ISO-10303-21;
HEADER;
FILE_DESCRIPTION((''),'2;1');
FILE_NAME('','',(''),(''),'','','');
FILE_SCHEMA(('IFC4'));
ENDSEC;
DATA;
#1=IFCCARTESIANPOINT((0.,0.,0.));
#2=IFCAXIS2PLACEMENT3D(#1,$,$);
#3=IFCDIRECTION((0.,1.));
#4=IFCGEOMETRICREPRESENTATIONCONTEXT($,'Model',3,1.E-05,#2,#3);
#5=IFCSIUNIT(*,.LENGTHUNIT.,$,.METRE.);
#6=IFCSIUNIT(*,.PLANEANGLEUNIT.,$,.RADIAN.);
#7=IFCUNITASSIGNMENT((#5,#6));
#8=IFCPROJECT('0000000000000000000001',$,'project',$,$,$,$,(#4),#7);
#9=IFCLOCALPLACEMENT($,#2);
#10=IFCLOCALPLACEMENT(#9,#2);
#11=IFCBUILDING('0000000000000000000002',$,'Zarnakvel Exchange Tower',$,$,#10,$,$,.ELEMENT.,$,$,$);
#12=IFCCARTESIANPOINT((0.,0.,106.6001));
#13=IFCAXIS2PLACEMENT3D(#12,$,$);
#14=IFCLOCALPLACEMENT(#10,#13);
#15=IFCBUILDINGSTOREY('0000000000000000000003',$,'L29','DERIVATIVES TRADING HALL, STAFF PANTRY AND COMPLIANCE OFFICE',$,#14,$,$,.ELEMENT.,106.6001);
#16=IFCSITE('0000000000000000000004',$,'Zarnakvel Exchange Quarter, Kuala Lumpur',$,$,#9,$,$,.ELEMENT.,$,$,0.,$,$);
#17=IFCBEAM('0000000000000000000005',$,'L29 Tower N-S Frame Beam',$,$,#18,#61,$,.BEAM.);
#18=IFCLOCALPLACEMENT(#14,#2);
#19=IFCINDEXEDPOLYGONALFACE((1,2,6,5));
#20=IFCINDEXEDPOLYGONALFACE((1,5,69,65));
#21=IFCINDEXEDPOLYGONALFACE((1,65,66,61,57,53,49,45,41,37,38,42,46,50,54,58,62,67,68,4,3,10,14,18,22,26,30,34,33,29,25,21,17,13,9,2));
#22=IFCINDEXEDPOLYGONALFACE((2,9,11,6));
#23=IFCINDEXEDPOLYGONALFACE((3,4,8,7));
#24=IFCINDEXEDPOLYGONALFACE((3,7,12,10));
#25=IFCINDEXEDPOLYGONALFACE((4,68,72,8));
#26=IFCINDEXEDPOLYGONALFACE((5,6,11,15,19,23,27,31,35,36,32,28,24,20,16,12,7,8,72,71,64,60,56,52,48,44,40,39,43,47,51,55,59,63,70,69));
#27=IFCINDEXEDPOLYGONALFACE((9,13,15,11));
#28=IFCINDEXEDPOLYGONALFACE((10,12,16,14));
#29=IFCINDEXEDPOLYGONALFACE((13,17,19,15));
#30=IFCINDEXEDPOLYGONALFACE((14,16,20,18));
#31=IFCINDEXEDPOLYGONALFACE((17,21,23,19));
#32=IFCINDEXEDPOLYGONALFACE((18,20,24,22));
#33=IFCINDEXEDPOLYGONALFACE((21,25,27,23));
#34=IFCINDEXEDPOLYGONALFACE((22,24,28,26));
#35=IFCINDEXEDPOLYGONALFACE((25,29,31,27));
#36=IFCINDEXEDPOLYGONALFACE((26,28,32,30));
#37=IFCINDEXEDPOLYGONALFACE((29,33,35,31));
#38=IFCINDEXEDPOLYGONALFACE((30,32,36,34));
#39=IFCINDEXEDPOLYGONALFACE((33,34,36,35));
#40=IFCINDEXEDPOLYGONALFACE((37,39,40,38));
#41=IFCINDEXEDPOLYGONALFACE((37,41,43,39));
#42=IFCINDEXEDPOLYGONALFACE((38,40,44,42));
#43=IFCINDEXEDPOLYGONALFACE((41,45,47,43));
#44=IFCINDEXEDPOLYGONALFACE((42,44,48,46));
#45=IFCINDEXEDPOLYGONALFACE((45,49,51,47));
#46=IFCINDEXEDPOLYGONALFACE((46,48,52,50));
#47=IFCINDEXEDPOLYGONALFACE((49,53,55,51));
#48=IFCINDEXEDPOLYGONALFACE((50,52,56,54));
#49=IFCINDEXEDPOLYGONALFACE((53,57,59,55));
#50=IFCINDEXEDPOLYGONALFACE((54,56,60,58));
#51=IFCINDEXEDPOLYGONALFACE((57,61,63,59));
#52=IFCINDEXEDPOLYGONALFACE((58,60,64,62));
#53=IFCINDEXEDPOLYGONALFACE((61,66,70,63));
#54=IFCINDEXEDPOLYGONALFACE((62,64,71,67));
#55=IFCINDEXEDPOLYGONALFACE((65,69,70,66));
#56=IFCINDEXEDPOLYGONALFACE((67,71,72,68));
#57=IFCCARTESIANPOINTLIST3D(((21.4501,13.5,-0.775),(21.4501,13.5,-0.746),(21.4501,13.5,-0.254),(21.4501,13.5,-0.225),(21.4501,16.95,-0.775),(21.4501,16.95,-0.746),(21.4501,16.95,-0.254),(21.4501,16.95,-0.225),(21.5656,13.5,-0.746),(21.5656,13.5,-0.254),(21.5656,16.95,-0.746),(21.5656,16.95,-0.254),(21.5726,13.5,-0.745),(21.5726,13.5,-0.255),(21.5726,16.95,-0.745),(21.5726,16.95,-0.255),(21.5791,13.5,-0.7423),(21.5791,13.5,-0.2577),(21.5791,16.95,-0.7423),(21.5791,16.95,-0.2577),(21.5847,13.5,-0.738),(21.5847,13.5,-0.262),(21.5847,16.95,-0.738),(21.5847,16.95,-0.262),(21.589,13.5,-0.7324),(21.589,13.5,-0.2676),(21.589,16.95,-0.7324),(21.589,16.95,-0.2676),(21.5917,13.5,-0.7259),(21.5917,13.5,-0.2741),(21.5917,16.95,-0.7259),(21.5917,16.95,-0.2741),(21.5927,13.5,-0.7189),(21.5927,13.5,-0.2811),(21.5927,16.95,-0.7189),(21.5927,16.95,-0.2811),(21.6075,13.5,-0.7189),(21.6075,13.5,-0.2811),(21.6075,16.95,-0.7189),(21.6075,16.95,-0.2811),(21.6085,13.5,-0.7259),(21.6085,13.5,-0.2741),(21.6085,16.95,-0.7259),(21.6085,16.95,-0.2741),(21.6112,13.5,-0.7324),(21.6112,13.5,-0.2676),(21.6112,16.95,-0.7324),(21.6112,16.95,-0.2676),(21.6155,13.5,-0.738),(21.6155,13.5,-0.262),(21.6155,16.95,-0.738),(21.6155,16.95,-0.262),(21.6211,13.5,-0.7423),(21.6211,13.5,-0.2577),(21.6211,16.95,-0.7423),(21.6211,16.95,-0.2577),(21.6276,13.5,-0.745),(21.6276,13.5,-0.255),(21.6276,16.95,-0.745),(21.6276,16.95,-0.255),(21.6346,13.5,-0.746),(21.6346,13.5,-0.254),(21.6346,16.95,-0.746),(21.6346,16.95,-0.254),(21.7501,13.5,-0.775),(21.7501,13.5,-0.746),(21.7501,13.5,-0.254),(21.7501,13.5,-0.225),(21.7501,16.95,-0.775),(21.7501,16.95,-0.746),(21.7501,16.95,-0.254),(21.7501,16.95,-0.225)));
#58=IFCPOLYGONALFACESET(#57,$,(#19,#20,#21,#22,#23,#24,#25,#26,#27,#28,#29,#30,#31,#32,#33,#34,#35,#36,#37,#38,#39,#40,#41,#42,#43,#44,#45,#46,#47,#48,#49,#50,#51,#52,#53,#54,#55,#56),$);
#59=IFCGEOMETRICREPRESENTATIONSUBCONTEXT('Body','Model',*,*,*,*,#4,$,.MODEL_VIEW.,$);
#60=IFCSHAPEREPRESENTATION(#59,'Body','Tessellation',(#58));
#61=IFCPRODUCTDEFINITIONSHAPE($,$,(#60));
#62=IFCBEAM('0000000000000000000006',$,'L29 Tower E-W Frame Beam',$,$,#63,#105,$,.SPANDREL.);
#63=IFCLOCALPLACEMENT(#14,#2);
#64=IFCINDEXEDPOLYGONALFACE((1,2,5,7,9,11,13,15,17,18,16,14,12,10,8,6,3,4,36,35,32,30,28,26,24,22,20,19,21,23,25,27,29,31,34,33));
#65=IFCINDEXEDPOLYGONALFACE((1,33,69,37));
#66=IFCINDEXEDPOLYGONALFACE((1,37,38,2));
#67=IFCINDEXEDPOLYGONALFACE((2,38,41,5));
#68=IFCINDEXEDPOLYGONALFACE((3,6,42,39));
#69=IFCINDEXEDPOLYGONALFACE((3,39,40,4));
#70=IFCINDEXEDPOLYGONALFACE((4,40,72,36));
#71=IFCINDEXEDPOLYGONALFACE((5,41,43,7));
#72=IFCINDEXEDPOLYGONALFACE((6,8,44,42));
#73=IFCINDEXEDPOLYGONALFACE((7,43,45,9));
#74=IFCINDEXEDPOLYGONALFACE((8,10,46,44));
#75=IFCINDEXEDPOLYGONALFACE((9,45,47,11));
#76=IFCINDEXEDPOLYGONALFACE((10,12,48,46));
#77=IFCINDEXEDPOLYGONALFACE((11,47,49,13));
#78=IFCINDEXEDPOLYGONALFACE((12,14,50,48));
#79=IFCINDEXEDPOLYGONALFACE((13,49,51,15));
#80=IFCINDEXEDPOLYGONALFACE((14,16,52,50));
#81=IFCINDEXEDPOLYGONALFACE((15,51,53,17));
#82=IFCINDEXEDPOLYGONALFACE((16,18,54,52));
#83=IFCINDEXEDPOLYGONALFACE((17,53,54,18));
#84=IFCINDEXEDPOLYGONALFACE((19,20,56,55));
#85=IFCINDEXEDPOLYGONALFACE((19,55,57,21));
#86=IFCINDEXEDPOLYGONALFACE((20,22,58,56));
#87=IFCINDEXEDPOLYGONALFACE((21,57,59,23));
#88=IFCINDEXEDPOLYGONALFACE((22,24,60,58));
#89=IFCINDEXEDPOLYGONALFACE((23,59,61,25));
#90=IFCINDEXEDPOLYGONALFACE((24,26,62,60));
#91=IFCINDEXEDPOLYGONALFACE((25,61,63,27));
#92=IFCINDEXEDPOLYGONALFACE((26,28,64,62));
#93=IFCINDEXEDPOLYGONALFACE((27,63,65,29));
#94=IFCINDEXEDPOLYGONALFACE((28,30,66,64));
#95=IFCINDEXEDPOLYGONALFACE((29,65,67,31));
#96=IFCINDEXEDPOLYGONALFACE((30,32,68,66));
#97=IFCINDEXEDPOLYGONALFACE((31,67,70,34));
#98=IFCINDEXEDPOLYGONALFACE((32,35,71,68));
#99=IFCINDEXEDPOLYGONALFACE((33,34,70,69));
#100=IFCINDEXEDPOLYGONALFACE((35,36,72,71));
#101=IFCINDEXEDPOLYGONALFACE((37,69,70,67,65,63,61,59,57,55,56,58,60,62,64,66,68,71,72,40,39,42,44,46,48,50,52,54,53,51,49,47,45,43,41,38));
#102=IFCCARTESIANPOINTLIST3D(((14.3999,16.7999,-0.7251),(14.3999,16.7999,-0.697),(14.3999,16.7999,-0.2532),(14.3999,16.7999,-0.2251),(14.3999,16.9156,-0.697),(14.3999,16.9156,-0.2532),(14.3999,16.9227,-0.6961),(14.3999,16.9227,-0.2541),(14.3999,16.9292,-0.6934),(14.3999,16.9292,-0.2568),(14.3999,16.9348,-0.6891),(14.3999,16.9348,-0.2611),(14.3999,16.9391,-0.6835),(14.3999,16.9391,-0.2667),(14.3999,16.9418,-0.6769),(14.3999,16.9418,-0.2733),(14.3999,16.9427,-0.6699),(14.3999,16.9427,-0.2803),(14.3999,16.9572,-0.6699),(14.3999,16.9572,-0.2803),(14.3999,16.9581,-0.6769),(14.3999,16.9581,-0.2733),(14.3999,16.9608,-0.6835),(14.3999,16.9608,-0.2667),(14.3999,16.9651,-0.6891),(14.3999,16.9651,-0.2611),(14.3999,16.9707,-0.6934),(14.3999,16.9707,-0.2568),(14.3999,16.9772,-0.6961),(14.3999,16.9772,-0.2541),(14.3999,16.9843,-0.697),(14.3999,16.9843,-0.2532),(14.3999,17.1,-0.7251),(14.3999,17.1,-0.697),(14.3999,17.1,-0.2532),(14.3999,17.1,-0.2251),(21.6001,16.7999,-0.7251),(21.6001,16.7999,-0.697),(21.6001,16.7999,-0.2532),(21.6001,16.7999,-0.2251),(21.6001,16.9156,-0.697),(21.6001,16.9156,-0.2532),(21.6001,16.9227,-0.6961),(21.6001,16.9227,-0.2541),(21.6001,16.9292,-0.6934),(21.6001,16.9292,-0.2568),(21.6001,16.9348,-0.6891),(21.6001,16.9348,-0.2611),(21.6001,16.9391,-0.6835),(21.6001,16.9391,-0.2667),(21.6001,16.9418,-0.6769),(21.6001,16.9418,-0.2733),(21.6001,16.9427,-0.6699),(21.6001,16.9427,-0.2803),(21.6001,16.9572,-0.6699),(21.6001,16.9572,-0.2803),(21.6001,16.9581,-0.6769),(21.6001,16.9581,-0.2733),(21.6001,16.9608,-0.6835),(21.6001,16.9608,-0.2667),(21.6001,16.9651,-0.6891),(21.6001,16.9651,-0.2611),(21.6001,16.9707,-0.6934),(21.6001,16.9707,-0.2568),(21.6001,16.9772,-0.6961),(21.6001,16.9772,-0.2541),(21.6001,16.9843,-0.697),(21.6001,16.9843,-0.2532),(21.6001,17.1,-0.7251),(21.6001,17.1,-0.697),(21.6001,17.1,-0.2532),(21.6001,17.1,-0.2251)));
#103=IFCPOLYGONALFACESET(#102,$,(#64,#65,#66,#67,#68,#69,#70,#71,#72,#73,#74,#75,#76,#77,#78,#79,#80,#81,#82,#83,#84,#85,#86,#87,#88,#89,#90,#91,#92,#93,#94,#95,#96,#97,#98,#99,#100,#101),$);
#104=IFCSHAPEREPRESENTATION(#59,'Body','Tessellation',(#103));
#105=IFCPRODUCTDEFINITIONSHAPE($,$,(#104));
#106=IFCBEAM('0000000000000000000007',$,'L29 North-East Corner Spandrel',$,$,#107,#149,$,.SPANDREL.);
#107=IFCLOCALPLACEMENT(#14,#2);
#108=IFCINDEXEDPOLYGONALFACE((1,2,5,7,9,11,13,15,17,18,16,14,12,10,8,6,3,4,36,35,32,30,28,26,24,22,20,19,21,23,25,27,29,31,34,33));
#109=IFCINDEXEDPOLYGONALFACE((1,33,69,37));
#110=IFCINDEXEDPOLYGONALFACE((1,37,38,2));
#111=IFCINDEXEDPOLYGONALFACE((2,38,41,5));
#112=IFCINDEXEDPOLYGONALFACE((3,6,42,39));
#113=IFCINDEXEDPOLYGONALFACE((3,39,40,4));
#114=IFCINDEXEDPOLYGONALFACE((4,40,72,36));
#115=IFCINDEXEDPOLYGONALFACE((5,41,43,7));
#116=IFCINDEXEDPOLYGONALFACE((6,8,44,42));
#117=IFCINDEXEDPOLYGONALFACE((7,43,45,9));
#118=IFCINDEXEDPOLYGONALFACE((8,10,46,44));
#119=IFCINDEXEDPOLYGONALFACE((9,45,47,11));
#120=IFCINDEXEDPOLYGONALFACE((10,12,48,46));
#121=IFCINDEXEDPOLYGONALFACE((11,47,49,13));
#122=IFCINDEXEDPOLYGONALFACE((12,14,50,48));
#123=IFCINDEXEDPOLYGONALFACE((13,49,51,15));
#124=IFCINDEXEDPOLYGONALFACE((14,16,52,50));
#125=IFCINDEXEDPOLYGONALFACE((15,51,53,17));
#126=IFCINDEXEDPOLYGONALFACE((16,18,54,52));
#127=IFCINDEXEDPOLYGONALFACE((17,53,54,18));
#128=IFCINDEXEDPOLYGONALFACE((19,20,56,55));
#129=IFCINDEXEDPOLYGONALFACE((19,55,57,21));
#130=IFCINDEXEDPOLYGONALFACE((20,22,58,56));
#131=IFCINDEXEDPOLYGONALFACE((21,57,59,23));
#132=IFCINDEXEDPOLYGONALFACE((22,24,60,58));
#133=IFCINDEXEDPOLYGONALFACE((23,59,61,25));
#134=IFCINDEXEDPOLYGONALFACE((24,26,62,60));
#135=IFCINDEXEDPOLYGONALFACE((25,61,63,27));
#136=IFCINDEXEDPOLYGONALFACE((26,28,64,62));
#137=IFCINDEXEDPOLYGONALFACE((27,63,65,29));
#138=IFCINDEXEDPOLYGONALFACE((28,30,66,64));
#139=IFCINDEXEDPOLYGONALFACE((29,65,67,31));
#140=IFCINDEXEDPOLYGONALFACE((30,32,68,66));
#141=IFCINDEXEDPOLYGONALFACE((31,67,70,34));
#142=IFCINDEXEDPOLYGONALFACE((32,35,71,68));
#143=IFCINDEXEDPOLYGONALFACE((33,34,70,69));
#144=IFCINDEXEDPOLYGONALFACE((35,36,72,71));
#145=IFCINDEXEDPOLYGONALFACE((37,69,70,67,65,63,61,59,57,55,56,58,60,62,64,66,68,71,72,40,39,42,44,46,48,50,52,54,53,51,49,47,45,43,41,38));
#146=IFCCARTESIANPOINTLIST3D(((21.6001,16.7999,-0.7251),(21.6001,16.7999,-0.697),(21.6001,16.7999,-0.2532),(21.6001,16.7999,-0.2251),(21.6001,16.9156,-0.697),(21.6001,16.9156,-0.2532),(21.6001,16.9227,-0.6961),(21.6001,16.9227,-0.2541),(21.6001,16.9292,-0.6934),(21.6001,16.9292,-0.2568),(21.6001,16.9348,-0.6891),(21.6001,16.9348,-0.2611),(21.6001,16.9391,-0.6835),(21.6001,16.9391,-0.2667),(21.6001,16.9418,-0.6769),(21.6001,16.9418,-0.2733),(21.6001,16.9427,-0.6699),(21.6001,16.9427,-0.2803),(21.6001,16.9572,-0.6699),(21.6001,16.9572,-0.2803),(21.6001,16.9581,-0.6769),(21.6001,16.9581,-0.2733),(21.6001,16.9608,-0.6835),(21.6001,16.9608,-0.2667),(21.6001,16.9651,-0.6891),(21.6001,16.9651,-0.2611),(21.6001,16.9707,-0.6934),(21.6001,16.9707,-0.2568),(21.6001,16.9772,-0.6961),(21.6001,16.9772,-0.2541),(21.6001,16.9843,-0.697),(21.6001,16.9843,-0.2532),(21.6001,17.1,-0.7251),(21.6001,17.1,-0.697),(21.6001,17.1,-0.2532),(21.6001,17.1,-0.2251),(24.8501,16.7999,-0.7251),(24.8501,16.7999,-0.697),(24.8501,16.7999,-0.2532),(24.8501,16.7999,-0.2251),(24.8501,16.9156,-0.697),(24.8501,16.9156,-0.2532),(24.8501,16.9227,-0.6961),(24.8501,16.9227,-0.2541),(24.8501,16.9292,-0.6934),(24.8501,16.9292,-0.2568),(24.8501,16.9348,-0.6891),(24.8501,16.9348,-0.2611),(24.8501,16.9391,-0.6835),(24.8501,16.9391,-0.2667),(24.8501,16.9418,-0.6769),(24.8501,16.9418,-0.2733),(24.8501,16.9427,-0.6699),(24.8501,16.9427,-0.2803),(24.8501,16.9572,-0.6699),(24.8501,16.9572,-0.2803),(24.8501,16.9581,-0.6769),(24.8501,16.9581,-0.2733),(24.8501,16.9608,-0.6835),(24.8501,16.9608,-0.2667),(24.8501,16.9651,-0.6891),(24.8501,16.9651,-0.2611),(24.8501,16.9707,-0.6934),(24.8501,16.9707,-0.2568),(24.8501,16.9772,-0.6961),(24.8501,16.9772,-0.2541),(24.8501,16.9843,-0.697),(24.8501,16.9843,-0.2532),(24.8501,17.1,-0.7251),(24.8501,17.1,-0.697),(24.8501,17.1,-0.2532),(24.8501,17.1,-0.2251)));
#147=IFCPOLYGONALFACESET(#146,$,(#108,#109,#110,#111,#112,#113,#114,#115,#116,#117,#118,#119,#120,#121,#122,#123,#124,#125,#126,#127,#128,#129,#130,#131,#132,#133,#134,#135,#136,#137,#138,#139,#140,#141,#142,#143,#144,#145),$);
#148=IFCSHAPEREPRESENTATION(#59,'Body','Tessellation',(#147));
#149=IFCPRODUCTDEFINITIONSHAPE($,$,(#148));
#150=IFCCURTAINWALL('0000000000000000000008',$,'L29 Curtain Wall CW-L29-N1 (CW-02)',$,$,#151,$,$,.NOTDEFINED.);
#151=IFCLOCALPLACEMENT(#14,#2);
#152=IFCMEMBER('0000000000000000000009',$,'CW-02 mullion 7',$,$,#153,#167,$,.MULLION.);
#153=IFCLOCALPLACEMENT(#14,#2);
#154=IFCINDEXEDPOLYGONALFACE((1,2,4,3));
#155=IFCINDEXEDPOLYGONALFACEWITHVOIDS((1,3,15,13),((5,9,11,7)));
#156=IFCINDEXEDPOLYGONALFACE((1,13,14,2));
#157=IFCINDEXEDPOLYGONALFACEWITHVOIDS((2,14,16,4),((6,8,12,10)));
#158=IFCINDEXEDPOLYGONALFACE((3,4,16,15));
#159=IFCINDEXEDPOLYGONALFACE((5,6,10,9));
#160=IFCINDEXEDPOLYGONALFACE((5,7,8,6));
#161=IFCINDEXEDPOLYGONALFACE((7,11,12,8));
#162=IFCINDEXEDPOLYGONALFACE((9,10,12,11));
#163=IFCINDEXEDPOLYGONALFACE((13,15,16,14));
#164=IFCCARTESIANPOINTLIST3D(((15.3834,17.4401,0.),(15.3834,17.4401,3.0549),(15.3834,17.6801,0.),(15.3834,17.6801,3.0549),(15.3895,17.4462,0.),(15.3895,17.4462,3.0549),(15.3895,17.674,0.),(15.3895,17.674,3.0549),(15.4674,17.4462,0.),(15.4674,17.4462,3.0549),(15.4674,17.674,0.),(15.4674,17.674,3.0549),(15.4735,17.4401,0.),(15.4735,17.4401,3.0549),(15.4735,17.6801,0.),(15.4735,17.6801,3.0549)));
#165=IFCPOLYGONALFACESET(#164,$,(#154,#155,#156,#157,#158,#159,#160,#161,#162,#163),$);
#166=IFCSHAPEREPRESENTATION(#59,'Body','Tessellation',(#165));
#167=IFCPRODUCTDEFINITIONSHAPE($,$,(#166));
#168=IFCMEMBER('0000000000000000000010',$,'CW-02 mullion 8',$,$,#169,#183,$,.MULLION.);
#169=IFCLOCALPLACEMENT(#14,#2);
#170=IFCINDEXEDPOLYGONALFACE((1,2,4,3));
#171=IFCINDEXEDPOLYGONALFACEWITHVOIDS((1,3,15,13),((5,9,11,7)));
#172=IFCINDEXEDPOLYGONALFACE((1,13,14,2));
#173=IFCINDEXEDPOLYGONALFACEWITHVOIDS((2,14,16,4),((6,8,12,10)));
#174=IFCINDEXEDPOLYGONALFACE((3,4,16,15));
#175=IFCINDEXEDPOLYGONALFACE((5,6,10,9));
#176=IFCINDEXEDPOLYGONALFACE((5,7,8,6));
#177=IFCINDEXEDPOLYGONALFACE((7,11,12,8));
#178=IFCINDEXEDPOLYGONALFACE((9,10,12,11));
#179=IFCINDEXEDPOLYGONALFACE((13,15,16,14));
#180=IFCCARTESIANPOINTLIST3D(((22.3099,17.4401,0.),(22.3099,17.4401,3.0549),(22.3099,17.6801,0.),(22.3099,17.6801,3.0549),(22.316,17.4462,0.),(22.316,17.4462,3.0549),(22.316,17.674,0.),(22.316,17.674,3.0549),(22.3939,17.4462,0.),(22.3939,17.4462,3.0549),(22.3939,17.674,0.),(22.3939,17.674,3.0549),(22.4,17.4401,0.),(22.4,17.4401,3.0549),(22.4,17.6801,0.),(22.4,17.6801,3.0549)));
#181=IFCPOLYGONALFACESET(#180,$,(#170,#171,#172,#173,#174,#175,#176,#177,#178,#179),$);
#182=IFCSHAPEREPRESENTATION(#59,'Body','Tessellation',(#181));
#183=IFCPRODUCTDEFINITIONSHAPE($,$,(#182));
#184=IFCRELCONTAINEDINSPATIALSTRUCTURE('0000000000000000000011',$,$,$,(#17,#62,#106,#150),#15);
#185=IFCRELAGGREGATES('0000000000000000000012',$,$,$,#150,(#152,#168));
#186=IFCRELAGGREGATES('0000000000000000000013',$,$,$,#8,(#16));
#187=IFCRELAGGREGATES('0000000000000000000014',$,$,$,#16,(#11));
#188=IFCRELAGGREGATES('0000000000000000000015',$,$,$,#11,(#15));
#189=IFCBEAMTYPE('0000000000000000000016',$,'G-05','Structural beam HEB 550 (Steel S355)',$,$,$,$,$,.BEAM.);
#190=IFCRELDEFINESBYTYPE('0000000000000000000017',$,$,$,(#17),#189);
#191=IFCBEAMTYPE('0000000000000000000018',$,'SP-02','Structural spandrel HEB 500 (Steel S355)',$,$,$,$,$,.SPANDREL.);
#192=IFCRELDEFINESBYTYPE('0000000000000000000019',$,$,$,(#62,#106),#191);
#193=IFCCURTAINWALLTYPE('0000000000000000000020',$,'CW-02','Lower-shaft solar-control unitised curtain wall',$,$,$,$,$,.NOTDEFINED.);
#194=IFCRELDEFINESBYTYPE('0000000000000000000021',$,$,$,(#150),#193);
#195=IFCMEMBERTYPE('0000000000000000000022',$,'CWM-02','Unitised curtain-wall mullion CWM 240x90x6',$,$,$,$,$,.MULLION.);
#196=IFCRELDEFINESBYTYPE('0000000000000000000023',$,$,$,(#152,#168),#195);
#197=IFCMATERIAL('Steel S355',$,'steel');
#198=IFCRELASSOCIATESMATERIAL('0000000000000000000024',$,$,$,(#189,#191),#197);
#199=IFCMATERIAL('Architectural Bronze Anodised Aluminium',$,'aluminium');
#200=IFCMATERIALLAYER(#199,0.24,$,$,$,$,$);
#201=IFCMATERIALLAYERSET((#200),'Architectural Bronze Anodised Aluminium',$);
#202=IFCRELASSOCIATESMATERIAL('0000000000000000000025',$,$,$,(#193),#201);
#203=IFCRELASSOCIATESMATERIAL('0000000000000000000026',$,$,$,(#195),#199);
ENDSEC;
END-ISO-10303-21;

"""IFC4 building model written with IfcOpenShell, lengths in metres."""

from ifc_helpers import new_model, si_unit, direction, frame, origin, origin_2d, place, context, subcontext, project, spatial, hollow_rectangle, i_section, extrude, source, transform, mapped, material, layer, layer_set, material_profile, profile_set, type_object, element, aggregate, save


model = new_model("IFC4")

# Units and contexts
model_context = context("Model", 3, precision=1e-05, world=origin(), true_north=direction((0.0, 1.0)))
body_context = subcontext(model_context, "Body", "Model", "MODEL_VIEW")
ifc_project = project(units=[si_unit("LENGTHUNIT", "METRE"), si_unit("PLANEANGLEUNIT", "RADIAN")], contexts=[model_context])

# Site, building, storey
site_placement = place(None, origin())
site = spatial("IfcSite", under=ifc_project, at=site_placement, Name="Zarnakvel Exchange Quarter, Kuala Lumpur", CompositionType="ELEMENT", RefElevation=0.0)
building_placement = place(site_placement, origin())
building = spatial("IfcBuilding", under=site, at=building_placement, Name="Zarnakvel Exchange Tower", CompositionType="ELEMENT")
storey_placement = place(building_placement, frame((0.0, 0.0, 106.6001)))
storey = spatial("IfcBuildingStorey", under=building, at=storey_placement, Name="L29", Description="DERIVATIVES TRADING HALL, STAFF PANTRY AND COMPLIANCE OFFICE", CompositionType="ELEMENT", Elevation=106.6001)

# Shared definitions
ifc_material_1 = material(Name="Steel S355", Category="steel")

# Beams
ifc_material_profile_1 = material_profile(ifc_material_1, i_section(OverallWidth=0.3, OverallDepth=0.55, WebThickness=0.0149, FlangeThickness=0.0291, FilletRadius=0.0271, at=origin_2d()))
ifc_profile_set_1 = profile_set([ifc_material_profile_1], Name="Steel S355")
beam_type_1 = type_object("IfcBeamType", Name="G-05", Description="Structural beam HEB 550 (Steel S355)", PredefinedType="BEAM", material=ifc_profile_set_1)
for number, where, z_axis, x_axis, name in (
    (1, (21.6001, 13.5, -0.5), (0.0, 1.0, 0.0), (-1.0, 0.0, 0.0), "L29 Tower N-S Frame Beam"),
):
    element("IfcBeam", number, at=place(storey_placement, frame(where, z_axis=z_axis, x_axis=x_axis)), inside=storey, type_object=beam_type_1, Name=name, PredefinedType="BEAM", context=body_context, shape_type="SweptSolid", body=[
        extrude(i_section(OverallWidth=0.3, OverallDepth=0.55, WebThickness=0.0149, FlangeThickness=0.0291, FilletRadius=0.0271, at=origin_2d()), origin(), (0.0, 0.0, 1.0), 3.45),
    ])
ifc_material_profile_2 = material_profile(ifc_material_1, i_section(OverallWidth=0.3, OverallDepth=0.5, WebThickness=0.0144, FlangeThickness=0.0281, FilletRadius=0.0271, at=origin_2d()))
ifc_profile_set_2 = profile_set([ifc_material_profile_2], Name="Steel S355")
beam_type_2 = type_object("IfcBeamType", Name="SP-02", Description="Structural spandrel HEB 500 (Steel S355)", PredefinedType="SPANDREL", material=ifc_profile_set_2)
beam_1_placement = place(storey_placement, frame((14.3999, 16.95, -0.4751), z_axis=(1.0, 0.0, 0.0), x_axis=(0.0, 1.0, 0.0)))
element("IfcBeam", 2, at=beam_1_placement, inside=storey, type_object=beam_type_2, Name="L29 Tower E-W Frame Beam", PredefinedType="SPANDREL", context=body_context, shape_type="SweptSolid", body=[
    extrude(i_section(OverallWidth=0.3, OverallDepth=0.5, WebThickness=0.0144, FlangeThickness=0.0281, FilletRadius=0.0271, at=origin_2d()), origin(), (0.0, 0.0, 1.0), 7.2002),
])
beam_2_placement = place(storey_placement, frame((21.6001, 16.95, -0.4751), z_axis=(1.0, 0.0, 0.0), x_axis=(0.0, 1.0, 0.0)))
element("IfcBeam", 3, at=beam_2_placement, inside=storey, type_object=beam_type_2, Name="L29 North-East Corner Spandrel", PredefinedType="SPANDREL", context=body_context, shape_type="SweptSolid", body=[
    extrude(i_section(OverallWidth=0.3, OverallDepth=0.5, WebThickness=0.0144, FlangeThickness=0.0281, FilletRadius=0.0271, at=origin_2d()), origin(), (0.0, 0.0, 1.0), 3.25),
])

# Curtain wall, members
ifc_material_2 = material(Name="Architectural Bronze Anodised Aluminium", Category="aluminium")
ifc_layer_1 = layer(ifc_material_2, 0.24)
ifc_layer_set_1 = layer_set([ifc_layer_1], Name="Architectural Bronze Anodised Aluminium")
curtain_wall_type_1 = type_object("IfcCurtainWallType", Name="CW-02", Description="Lower-shaft solar-control unitised curtain wall", PredefinedType="NOTDEFINED", material=ifc_layer_set_1)
curtain_wall_1_placement = place(storey_placement, origin())
curtain_wall_1 = element("IfcCurtainWall", 4, at=curtain_wall_1_placement, inside=storey, type_object=curtain_wall_type_1, Name="L29 Curtain Wall CW-L29-N1 (CW-02)", PredefinedType="NOTDEFINED")
ifc_material_profile_3 = material_profile(ifc_material_2, hollow_rectangle(XDim=0.24, YDim=0.0901, WallThickness=0.0061, at=origin_2d()))
ifc_profile_set_3 = profile_set([ifc_material_profile_3], Name="Architectural Bronze Anodised Aluminium")
member_type_1 = type_object("IfcMemberType", Name="CWM-02", Description="Unitised curtain-wall mullion CWM 240x90x6", PredefinedType="MULLION", material=ifc_profile_set_3)
shared_shape_1 = source(origin(), body_context, "Body", "SweptSolid", [
    extrude(hollow_rectangle(XDim=0.24, YDim=0.0901, WallThickness=0.0061, at=origin_2d()), origin(), (0.0, 0.0, 1.0), 3.0549),
])
member_1_placement = place(storey_placement, frame((15.4285, 17.5601, 0.0), z_axis=(0.0, 0.0, 1.0), x_axis=(0.0, 1.0, 0.0)))
member_1 = element("IfcMember", 5, at=member_1_placement, type_object=member_type_1, Name="CW-02 mullion 7", PredefinedType="MULLION", context=body_context, shape_type="MappedRepresentation", body=[
    mapped(shared_shape_1, transform((0.0, 0.0, 0.0), x_axis=(1.0, 0.0, 0.0), y_axis=(0.0, 1.0, 0.0), z_axis=(0.0, 0.0, 1.0), scale=1.0)),
])
member_2_placement = place(storey_placement, frame((22.355, 17.5601, 0.0), z_axis=(0.0, 0.0, 1.0), x_axis=(0.0, 1.0, 0.0)))
member_2 = element("IfcMember", 6, at=member_2_placement, type_object=member_type_1, Name="CW-02 mullion 8", PredefinedType="MULLION", context=body_context, shape_type="MappedRepresentation", body=[
    mapped(shared_shape_1, transform((0.0, 0.0, 0.0), x_axis=(1.0, 0.0, 0.0), y_axis=(0.0, 1.0, 0.0), z_axis=(0.0, 0.0, 1.0), scale=1.0)),
])

aggregate(curtain_wall_1, [member_1, member_2])

save(model, "model.ifc")
